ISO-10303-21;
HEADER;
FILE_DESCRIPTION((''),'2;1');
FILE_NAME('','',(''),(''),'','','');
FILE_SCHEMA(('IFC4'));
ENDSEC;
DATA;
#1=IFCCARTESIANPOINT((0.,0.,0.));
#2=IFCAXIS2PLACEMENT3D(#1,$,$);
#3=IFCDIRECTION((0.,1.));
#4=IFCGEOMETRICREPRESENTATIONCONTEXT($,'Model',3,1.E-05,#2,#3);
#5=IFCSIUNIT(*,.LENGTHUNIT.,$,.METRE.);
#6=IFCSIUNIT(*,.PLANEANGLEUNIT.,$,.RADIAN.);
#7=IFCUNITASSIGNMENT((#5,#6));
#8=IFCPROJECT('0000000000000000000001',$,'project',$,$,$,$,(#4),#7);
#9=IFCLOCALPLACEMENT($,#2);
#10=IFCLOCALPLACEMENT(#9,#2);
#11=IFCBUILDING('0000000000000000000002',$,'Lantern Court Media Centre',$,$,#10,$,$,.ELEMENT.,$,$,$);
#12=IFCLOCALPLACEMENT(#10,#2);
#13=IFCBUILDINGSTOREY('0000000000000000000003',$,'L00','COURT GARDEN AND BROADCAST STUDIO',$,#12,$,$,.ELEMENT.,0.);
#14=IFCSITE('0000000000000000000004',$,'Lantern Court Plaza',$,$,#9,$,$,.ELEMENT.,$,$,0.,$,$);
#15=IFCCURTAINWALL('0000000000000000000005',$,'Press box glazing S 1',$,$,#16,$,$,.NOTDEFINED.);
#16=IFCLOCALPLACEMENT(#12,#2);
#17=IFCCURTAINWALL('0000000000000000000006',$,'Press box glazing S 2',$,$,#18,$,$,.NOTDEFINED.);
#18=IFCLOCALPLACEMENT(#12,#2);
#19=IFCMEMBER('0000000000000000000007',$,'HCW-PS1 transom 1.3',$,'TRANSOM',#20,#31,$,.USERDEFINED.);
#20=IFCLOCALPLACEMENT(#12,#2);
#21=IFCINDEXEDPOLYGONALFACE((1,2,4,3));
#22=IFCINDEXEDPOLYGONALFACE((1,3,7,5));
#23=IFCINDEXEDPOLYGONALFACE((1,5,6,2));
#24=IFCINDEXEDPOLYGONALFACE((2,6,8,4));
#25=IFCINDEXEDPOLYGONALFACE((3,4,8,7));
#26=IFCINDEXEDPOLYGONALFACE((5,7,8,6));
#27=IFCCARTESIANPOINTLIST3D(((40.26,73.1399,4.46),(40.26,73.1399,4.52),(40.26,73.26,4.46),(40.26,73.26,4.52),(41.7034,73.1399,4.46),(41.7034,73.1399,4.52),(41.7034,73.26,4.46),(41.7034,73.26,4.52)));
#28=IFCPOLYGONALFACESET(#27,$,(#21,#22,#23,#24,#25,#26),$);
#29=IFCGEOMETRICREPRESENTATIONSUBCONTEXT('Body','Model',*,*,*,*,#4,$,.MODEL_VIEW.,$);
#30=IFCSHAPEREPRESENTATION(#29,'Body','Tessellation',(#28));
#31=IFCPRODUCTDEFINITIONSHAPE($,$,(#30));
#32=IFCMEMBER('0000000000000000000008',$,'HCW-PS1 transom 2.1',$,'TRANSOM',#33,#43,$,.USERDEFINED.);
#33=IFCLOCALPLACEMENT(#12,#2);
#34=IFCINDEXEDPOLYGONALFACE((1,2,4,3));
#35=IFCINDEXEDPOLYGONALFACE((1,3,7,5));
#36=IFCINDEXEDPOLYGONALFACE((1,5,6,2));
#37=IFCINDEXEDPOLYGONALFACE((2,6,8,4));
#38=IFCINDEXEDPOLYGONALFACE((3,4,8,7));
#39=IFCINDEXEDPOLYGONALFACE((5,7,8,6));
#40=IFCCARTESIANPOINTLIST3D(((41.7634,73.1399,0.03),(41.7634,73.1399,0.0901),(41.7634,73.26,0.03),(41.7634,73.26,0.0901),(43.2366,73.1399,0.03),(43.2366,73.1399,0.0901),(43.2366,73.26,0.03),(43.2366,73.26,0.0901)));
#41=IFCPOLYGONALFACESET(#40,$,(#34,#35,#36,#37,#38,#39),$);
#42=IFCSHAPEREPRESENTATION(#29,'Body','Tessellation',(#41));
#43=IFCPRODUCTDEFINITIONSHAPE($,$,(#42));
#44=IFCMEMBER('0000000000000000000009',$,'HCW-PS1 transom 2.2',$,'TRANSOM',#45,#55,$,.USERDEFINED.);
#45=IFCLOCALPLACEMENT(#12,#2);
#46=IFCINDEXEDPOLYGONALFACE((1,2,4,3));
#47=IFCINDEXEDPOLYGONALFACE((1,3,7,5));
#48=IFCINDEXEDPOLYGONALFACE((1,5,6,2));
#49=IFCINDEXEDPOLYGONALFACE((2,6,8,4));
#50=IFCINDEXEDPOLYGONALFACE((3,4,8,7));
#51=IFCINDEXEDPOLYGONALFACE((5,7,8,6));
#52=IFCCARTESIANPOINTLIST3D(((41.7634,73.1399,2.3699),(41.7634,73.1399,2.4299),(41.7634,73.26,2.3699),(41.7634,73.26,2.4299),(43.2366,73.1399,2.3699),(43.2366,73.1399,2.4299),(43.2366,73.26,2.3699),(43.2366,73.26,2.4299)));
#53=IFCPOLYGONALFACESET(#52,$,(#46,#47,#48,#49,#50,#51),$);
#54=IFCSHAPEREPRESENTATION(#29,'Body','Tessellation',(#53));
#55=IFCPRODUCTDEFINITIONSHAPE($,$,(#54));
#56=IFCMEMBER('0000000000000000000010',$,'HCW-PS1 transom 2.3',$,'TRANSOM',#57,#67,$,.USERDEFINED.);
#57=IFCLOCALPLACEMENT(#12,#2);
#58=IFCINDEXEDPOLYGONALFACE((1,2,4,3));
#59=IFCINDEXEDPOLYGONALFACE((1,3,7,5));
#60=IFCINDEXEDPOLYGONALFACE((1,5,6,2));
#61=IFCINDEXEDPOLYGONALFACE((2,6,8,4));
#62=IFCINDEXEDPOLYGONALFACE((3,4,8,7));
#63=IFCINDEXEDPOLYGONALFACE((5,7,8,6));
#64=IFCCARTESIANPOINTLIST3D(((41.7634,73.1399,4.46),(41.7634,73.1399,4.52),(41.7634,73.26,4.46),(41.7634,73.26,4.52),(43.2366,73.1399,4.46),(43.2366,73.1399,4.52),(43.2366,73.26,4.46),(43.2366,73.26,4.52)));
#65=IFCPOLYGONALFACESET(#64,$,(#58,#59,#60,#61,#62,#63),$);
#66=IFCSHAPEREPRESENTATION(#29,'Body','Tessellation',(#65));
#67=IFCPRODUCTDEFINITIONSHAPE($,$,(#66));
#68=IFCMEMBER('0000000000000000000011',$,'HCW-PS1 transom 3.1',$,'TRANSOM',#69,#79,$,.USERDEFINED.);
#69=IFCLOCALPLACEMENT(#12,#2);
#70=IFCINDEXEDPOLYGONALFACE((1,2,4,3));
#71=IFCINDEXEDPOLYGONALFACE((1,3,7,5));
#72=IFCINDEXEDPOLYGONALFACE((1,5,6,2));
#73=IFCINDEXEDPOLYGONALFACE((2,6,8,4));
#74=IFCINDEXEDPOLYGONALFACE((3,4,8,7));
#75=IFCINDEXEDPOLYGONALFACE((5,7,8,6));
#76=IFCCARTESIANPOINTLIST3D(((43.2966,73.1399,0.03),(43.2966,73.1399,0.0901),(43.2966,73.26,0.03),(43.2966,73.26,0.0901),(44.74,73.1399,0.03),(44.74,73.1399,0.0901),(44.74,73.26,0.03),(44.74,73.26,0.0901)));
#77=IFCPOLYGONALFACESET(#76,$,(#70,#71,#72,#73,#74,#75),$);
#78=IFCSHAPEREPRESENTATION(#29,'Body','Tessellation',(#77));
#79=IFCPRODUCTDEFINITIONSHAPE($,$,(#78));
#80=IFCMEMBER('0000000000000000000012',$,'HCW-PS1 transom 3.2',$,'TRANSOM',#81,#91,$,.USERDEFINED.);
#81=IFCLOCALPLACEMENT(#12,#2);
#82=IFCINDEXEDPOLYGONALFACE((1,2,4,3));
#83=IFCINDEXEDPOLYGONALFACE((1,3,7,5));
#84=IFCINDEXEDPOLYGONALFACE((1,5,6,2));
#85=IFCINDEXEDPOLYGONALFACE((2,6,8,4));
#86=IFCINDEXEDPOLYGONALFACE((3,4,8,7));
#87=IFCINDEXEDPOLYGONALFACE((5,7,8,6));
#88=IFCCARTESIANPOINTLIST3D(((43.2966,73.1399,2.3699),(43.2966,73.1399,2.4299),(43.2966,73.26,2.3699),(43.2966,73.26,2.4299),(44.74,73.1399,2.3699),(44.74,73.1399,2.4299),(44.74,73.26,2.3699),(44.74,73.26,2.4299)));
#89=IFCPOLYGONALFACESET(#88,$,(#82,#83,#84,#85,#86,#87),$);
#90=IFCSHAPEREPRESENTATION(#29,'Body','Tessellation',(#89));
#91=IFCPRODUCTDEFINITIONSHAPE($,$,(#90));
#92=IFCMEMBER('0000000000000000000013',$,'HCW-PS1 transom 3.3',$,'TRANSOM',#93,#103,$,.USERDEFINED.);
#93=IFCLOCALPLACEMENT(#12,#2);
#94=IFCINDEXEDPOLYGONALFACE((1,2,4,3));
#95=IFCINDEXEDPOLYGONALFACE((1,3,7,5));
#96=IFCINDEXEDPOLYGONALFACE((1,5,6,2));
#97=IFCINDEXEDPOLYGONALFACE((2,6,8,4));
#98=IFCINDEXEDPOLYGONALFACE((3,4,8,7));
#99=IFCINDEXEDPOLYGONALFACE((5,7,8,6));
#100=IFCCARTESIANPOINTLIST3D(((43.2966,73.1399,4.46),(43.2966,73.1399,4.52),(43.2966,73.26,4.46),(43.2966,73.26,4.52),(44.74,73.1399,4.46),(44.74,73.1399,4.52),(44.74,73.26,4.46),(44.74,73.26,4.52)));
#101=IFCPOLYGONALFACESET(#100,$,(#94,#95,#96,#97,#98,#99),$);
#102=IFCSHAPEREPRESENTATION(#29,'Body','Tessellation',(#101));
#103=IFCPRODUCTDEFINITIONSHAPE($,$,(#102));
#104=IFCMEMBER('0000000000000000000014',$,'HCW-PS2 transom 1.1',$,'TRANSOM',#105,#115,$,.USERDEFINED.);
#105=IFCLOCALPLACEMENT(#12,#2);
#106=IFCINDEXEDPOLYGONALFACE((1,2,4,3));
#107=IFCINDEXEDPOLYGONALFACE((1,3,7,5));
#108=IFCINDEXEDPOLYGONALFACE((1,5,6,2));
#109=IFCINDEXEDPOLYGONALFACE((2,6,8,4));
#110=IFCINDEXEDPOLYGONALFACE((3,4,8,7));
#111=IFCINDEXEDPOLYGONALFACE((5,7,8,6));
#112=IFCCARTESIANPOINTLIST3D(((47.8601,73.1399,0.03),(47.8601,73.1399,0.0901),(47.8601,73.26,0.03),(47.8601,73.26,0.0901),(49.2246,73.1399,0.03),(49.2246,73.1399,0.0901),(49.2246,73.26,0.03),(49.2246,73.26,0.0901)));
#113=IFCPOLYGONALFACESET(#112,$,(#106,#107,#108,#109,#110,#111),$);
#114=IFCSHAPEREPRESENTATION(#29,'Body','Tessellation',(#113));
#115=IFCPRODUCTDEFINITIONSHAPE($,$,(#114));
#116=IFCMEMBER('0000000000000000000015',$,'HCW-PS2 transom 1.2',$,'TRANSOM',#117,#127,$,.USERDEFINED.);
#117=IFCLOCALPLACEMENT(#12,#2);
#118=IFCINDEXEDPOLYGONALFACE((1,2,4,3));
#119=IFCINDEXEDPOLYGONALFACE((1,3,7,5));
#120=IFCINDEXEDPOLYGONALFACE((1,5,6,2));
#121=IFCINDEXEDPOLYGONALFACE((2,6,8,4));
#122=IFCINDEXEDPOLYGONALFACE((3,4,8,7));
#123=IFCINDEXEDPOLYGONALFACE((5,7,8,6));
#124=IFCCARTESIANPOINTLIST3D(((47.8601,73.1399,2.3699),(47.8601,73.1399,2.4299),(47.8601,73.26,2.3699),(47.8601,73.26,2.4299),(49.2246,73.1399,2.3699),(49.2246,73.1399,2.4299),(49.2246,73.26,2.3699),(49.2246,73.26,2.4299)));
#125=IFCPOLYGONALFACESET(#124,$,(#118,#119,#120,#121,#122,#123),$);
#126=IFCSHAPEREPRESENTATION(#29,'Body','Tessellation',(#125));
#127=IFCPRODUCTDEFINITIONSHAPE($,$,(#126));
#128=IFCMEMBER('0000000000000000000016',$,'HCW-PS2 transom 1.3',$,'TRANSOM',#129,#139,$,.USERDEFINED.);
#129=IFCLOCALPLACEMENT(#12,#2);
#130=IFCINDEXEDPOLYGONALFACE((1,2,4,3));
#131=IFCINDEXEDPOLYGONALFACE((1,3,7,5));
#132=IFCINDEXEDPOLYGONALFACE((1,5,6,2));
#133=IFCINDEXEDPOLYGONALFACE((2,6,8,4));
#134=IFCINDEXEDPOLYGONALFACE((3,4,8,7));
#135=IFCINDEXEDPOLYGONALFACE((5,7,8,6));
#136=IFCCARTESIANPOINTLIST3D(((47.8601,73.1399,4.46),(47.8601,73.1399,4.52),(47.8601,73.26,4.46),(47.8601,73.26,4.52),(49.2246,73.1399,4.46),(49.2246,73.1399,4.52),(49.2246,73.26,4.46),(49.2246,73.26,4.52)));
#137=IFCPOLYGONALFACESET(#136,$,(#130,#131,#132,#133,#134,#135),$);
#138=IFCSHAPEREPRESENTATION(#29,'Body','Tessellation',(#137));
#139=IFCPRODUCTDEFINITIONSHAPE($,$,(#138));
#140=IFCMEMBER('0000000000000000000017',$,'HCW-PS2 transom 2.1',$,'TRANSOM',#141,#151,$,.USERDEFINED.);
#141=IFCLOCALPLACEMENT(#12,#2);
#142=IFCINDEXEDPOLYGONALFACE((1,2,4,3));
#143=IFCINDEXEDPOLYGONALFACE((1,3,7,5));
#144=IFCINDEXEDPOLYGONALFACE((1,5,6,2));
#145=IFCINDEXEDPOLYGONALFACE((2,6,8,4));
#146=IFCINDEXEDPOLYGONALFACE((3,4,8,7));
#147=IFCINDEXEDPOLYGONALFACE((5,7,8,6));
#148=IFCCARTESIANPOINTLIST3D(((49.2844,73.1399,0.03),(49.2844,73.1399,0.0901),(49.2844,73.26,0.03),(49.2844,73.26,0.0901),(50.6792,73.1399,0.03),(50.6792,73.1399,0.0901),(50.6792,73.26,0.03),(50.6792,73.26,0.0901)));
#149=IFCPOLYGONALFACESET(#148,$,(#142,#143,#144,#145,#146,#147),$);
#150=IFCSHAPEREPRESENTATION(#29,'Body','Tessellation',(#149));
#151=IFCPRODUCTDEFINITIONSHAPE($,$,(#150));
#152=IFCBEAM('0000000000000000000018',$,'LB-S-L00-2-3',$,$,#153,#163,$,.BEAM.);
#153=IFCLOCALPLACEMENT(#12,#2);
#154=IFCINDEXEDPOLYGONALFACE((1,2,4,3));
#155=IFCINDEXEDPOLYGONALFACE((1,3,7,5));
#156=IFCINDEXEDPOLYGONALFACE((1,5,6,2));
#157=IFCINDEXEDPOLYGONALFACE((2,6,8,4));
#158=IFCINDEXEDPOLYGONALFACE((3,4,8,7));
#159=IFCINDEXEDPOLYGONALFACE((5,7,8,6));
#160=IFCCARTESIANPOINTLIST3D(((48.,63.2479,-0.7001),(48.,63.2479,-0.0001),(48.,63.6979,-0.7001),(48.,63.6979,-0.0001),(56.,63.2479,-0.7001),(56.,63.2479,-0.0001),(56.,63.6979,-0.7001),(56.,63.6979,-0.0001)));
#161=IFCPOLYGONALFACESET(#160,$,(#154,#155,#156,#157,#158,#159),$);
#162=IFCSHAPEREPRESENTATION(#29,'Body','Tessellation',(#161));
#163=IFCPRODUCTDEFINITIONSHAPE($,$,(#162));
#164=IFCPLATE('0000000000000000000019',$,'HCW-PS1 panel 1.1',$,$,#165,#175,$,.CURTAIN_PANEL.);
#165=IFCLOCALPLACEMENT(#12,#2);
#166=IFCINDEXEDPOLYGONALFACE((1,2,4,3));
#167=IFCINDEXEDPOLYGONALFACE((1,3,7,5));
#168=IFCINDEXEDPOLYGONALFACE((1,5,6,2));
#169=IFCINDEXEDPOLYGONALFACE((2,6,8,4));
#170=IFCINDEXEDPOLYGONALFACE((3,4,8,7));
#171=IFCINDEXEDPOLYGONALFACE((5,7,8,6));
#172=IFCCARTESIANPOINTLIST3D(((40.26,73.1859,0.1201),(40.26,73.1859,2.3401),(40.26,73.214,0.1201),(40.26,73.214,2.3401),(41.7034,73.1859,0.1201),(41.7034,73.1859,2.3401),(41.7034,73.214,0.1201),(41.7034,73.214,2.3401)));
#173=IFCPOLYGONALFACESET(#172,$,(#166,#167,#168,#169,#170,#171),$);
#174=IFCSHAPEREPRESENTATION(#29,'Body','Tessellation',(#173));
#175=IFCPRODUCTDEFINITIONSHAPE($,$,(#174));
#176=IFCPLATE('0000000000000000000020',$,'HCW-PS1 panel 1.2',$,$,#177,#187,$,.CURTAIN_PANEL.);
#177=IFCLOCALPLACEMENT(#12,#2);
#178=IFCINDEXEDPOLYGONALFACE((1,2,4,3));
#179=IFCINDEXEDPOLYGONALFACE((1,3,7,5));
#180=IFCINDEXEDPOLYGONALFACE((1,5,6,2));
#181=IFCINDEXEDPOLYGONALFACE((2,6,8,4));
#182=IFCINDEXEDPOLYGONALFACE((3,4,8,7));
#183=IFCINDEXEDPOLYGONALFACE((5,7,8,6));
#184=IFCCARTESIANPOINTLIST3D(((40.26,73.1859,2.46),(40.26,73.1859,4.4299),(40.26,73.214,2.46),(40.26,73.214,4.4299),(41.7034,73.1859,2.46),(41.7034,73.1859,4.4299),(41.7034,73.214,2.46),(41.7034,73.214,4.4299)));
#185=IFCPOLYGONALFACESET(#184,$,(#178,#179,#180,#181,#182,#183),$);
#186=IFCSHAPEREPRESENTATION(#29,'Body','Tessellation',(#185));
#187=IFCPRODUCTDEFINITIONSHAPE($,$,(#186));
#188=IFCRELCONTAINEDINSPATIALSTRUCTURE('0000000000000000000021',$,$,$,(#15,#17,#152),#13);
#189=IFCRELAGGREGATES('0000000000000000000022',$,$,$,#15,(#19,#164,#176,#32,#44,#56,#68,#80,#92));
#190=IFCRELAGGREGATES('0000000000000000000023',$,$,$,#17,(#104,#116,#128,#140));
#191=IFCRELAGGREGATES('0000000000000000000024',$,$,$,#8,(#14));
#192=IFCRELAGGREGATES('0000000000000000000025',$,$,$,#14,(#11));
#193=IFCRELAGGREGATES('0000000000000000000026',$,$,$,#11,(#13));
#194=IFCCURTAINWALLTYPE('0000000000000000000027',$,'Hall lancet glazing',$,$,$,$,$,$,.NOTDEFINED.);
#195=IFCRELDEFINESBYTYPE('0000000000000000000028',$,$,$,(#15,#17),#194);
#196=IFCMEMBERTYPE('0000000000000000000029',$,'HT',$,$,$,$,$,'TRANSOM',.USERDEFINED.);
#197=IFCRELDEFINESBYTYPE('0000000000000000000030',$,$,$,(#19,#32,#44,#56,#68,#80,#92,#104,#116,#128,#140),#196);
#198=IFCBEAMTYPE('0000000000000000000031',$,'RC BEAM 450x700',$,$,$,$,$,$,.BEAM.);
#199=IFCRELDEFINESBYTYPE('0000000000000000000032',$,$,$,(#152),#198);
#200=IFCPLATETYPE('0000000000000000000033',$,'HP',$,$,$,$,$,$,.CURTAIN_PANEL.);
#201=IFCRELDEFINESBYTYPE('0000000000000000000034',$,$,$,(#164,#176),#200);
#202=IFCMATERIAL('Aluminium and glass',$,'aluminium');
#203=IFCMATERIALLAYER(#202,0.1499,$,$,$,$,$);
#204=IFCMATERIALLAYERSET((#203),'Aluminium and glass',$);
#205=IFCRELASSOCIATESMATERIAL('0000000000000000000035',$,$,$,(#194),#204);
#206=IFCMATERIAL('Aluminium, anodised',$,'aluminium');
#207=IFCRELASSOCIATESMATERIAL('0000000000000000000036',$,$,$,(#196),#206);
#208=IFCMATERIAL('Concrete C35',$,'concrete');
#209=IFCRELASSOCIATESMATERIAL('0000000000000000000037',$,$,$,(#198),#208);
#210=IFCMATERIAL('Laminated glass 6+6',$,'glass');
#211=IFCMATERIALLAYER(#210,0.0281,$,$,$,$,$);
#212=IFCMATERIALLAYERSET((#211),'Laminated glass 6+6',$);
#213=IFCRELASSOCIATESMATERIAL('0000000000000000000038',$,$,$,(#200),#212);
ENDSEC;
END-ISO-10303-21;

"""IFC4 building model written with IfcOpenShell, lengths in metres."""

from ifc_helpers import new_model, si_unit, direction, frame, origin, origin_2d, place, context, subcontext, project, spatial, rectangle, extrude, material, layer, layer_set, material_profile, profile_set, type_object, element, aggregate, save


model = new_model("IFC4")

# Units and contexts
model_context = context("Model", 3, precision=1e-05, world=origin(), true_north=direction((0.0, 1.0)))
body_context = subcontext(model_context, "Body", "Model", "MODEL_VIEW")
ifc_project = project(units=[si_unit("LENGTHUNIT", "METRE"), si_unit("PLANEANGLEUNIT", "RADIAN")], contexts=[model_context])

# Site, building, storey
site_placement = place(None, origin())
site = spatial("IfcSite", under=ifc_project, at=site_placement, Name="Lantern Court Plaza", CompositionType="ELEMENT", RefElevation=0.0)
building_placement = place(site_placement, origin())
building = spatial("IfcBuilding", under=site, at=building_placement, Name="Lantern Court Media Centre", CompositionType="ELEMENT")
storey_placement = place(building_placement, origin())
storey = spatial("IfcBuildingStorey", under=building, at=storey_placement, Name="L00", Description="COURT GARDEN AND BROADCAST STUDIO", CompositionType="ELEMENT", Elevation=0.0)

# Curtain walls
ifc_material_1 = material(Name="Aluminium and glass", Category="aluminium")
ifc_layer_1 = layer(ifc_material_1, 0.1499)
ifc_layer_set_1 = layer_set([ifc_layer_1], Name="Aluminium and glass")
curtain_wall_type = type_object("IfcCurtainWallType", Name="Hall lancet glazing", PredefinedType="NOTDEFINED", material=ifc_layer_set_1)
curtain_wall_1_placement = place(storey_placement, origin())
curtain_wall_1 = element("IfcCurtainWall", 1, at=curtain_wall_1_placement, inside=storey, type_object=curtain_wall_type, Name="Press box glazing S 1", PredefinedType="NOTDEFINED")
ifc_material_2 = material(Name="Aluminium, anodised", Category="aluminium")
curtain_wall_2_placement = place(storey_placement, origin())
curtain_wall_2 = element("IfcCurtainWall", 2, at=curtain_wall_2_placement, inside=storey, type_object=curtain_wall_type, Name="Press box glazing S 2", PredefinedType="NOTDEFINED")

# Members
ifc_material_profile_1 = material_profile(ifc_material_2, rectangle(XDim=0.1201, YDim=0.0601, at=origin_2d()), Name="HT")
ifc_profile_set_1 = profile_set([ifc_material_profile_1], Name="Aluminium, anodised")
member_type_1 = type_object("IfcMemberType", Name="HT", ElementType="TRANSOM", PredefinedType="USERDEFINED", material=ifc_profile_set_1)
member_1_placement = place(storey_placement, frame((40.26, 73.2, 4.49), z_axis=(1.0, 0.0, 0.0), x_axis=(0.0, 1.0, 0.0)))
member_1 = element("IfcMember", 3, at=member_1_placement, type_object=member_type_1, Name="HCW-PS1 transom 1.3", ObjectType="TRANSOM", PredefinedType="USERDEFINED", context=body_context, shape_type="SweptSolid", body=[
    extrude(rectangle(XDim=0.1201, YDim=0.0601, at=origin_2d()), origin(), (0.0, 0.0, 1.0), 1.4434),
])
member_2_placement = place(storey_placement, frame((41.7634, 73.2, 0.0601), z_axis=(1.0, 0.0, 0.0), x_axis=(0.0, 1.0, 0.0)))
member_2 = element("IfcMember", 4, at=member_2_placement, type_object=member_type_1, Name="HCW-PS1 transom 2.1", ObjectType="TRANSOM", PredefinedType="USERDEFINED", context=body_context, shape_type="SweptSolid", body=[
    extrude(rectangle(XDim=0.1201, YDim=0.0601, at=origin_2d()), origin(), (0.0, 0.0, 1.0), 1.4731),
])
member_3_placement = place(storey_placement, frame((41.7634, 73.2, 2.3999), z_axis=(1.0, 0.0, 0.0), x_axis=(0.0, 1.0, 0.0)))
member_3 = element("IfcMember", 5, at=member_3_placement, type_object=member_type_1, Name="HCW-PS1 transom 2.2", ObjectType="TRANSOM", PredefinedType="USERDEFINED", context=body_context, shape_type="SweptSolid", body=[
    extrude(rectangle(XDim=0.1201, YDim=0.0601, at=origin_2d()), origin(), (0.0, 0.0, 1.0), 1.4731),
])
member_4_placement = place(storey_placement, frame((41.7634, 73.2, 4.49), z_axis=(1.0, 0.0, 0.0), x_axis=(0.0, 1.0, 0.0)))
member_4 = element("IfcMember", 6, at=member_4_placement, type_object=member_type_1, Name="HCW-PS1 transom 2.3", ObjectType="TRANSOM", PredefinedType="USERDEFINED", context=body_context, shape_type="SweptSolid", body=[
    extrude(rectangle(XDim=0.1201, YDim=0.0601, at=origin_2d()), origin(), (0.0, 0.0, 1.0), 1.4731),
])
member_5_placement = place(storey_placement, frame((43.2966, 73.2, 0.0601), z_axis=(1.0, 0.0, 0.0), x_axis=(0.0, 1.0, 0.0)))
member_5 = element("IfcMember", 7, at=member_5_placement, type_object=member_type_1, Name="HCW-PS1 transom 3.1", ObjectType="TRANSOM", PredefinedType="USERDEFINED", context=body_context, shape_type="SweptSolid", body=[
    extrude(rectangle(XDim=0.1201, YDim=0.0601, at=origin_2d()), origin(), (0.0, 0.0, 1.0), 1.4434),
])
member_6_placement = place(storey_placement, frame((43.2966, 73.2, 2.3999), z_axis=(1.0, 0.0, 0.0), x_axis=(0.0, 1.0, 0.0)))
member_6 = element("IfcMember", 8, at=member_6_placement, type_object=member_type_1, Name="HCW-PS1 transom 3.2", ObjectType="TRANSOM", PredefinedType="USERDEFINED", context=body_context, shape_type="SweptSolid", body=[
    extrude(rectangle(XDim=0.1201, YDim=0.0601, at=origin_2d()), origin(), (0.0, 0.0, 1.0), 1.4434),
])
member_7_placement = place(storey_placement, frame((43.2966, 73.2, 4.49), z_axis=(1.0, 0.0, 0.0), x_axis=(0.0, 1.0, 0.0)))
member_7 = element("IfcMember", 9, at=member_7_placement, type_object=member_type_1, Name="HCW-PS1 transom 3.3", ObjectType="TRANSOM", PredefinedType="USERDEFINED", context=body_context, shape_type="SweptSolid", body=[
    extrude(rectangle(XDim=0.1201, YDim=0.0601, at=origin_2d()), origin(), (0.0, 0.0, 1.0), 1.4434),
])
member_8_placement = place(storey_placement, frame((47.8601, 73.2, 0.0601), z_axis=(1.0, 0.0, 0.0), x_axis=(0.0, 1.0, 0.0)))
member_8 = element("IfcMember", 10, at=member_8_placement, type_object=member_type_1, Name="HCW-PS2 transom 1.1", ObjectType="TRANSOM", PredefinedType="USERDEFINED", context=body_context, shape_type="SweptSolid", body=[
    extrude(rectangle(XDim=0.1201, YDim=0.0601, at=origin_2d()), origin(), (0.0, 0.0, 1.0), 1.3645),
])
member_9_placement = place(storey_placement, frame((47.8601, 73.2, 2.3999), z_axis=(1.0, 0.0, 0.0), x_axis=(0.0, 1.0, 0.0)))
member_9 = element("IfcMember", 11, at=member_9_placement, type_object=member_type_1, Name="HCW-PS2 transom 1.2", ObjectType="TRANSOM", PredefinedType="USERDEFINED", context=body_context, shape_type="SweptSolid", body=[
    extrude(rectangle(XDim=0.1201, YDim=0.0601, at=origin_2d()), origin(), (0.0, 0.0, 1.0), 1.3645),
])
member_10_placement = place(storey_placement, frame((47.8601, 73.2, 4.49), z_axis=(1.0, 0.0, 0.0), x_axis=(0.0, 1.0, 0.0)))
member_10 = element("IfcMember", 12, at=member_10_placement, type_object=member_type_1, Name="HCW-PS2 transom 1.3", ObjectType="TRANSOM", PredefinedType="USERDEFINED", context=body_context, shape_type="SweptSolid", body=[
    extrude(rectangle(XDim=0.1201, YDim=0.0601, at=origin_2d()), origin(), (0.0, 0.0, 1.0), 1.3645),
])
member_11_placement = place(storey_placement, frame((49.2844, 73.2, 0.0601), z_axis=(1.0, 0.0, 0.0), x_axis=(0.0, 1.0, 0.0)))
member_11 = element("IfcMember", 13, at=member_11_placement, type_object=member_type_1, Name="HCW-PS2 transom 2.1", ObjectType="TRANSOM", PredefinedType="USERDEFINED", context=body_context, shape_type="SweptSolid", body=[
    extrude(rectangle(XDim=0.1201, YDim=0.0601, at=origin_2d()), origin(), (0.0, 0.0, 1.0), 1.3948),
])

# Beam
ifc_material_3 = material(Name="Concrete C35", Category="concrete")
ifc_material_profile_2 = material_profile(ifc_material_3, rectangle(XDim=0.45, YDim=0.7, at=origin_2d()), Name="RC 450x700")
ifc_profile_set_2 = profile_set([ifc_material_profile_2], Name="Concrete C35")
beam_type = type_object("IfcBeamType", Name="RC BEAM 450x700", PredefinedType="BEAM", material=ifc_profile_set_2)
beam_placement = place(storey_placement, frame((48.0, 63.4729, -0.3501), z_axis=(1.0, 0.0, 0.0), x_axis=(0.0, 1.0, 0.0)))
element("IfcBeam", 14, at=beam_placement, inside=storey, type_object=beam_type, Name="LB-S-L00-2-3", PredefinedType="BEAM", context=body_context, shape_type="SweptSolid", body=[
    extrude(rectangle(XDim=0.45, YDim=0.7, at=origin_2d()), origin(), (0.0, 0.0, 1.0), 8.0),
])

# Plates
ifc_material_4 = material(Name="Laminated glass 6+6", Category="glass")
ifc_layer_2 = layer(ifc_material_4, 0.0281)
ifc_layer_set_2 = layer_set([ifc_layer_2], Name="Laminated glass 6+6")
plate_type = type_object("IfcPlateType", Name="HP", PredefinedType="CURTAIN_PANEL", material=ifc_layer_set_2)
plate_1_placement = place(storey_placement, frame((40.9817, 73.2, 0.1201), z_axis=(0.0, 0.0, 1.0), x_axis=(1.0, 0.0, 0.0)))
plate_1 = element("IfcPlate", 15, at=plate_1_placement, type_object=plate_type, Name="HCW-PS1 panel 1.1", PredefinedType="CURTAIN_PANEL", context=body_context, shape_type="SweptSolid", body=[
    extrude(rectangle(XDim=1.4434, YDim=0.0281, at=origin_2d()), origin(), (0.0, 0.0, 1.0), 2.22),
])
plate_2_placement = place(storey_placement, frame((40.9817, 73.2, 2.46), z_axis=(0.0, 0.0, 1.0), x_axis=(1.0, 0.0, 0.0)))
plate_2 = element("IfcPlate", 16, at=plate_2_placement, type_object=plate_type, Name="HCW-PS1 panel 1.2", PredefinedType="CURTAIN_PANEL", context=body_context, shape_type="SweptSolid", body=[
    extrude(rectangle(XDim=1.4434, YDim=0.0281, at=origin_2d()), origin(), (0.0, 0.0, 1.0), 1.97),
])
aggregate(curtain_wall_1, [member_1, plate_1, plate_2, member_2, member_3, member_4, member_5, member_6, member_7])
aggregate(curtain_wall_2, [member_8, member_9, member_10, member_11])

save(model, "model.ifc")
